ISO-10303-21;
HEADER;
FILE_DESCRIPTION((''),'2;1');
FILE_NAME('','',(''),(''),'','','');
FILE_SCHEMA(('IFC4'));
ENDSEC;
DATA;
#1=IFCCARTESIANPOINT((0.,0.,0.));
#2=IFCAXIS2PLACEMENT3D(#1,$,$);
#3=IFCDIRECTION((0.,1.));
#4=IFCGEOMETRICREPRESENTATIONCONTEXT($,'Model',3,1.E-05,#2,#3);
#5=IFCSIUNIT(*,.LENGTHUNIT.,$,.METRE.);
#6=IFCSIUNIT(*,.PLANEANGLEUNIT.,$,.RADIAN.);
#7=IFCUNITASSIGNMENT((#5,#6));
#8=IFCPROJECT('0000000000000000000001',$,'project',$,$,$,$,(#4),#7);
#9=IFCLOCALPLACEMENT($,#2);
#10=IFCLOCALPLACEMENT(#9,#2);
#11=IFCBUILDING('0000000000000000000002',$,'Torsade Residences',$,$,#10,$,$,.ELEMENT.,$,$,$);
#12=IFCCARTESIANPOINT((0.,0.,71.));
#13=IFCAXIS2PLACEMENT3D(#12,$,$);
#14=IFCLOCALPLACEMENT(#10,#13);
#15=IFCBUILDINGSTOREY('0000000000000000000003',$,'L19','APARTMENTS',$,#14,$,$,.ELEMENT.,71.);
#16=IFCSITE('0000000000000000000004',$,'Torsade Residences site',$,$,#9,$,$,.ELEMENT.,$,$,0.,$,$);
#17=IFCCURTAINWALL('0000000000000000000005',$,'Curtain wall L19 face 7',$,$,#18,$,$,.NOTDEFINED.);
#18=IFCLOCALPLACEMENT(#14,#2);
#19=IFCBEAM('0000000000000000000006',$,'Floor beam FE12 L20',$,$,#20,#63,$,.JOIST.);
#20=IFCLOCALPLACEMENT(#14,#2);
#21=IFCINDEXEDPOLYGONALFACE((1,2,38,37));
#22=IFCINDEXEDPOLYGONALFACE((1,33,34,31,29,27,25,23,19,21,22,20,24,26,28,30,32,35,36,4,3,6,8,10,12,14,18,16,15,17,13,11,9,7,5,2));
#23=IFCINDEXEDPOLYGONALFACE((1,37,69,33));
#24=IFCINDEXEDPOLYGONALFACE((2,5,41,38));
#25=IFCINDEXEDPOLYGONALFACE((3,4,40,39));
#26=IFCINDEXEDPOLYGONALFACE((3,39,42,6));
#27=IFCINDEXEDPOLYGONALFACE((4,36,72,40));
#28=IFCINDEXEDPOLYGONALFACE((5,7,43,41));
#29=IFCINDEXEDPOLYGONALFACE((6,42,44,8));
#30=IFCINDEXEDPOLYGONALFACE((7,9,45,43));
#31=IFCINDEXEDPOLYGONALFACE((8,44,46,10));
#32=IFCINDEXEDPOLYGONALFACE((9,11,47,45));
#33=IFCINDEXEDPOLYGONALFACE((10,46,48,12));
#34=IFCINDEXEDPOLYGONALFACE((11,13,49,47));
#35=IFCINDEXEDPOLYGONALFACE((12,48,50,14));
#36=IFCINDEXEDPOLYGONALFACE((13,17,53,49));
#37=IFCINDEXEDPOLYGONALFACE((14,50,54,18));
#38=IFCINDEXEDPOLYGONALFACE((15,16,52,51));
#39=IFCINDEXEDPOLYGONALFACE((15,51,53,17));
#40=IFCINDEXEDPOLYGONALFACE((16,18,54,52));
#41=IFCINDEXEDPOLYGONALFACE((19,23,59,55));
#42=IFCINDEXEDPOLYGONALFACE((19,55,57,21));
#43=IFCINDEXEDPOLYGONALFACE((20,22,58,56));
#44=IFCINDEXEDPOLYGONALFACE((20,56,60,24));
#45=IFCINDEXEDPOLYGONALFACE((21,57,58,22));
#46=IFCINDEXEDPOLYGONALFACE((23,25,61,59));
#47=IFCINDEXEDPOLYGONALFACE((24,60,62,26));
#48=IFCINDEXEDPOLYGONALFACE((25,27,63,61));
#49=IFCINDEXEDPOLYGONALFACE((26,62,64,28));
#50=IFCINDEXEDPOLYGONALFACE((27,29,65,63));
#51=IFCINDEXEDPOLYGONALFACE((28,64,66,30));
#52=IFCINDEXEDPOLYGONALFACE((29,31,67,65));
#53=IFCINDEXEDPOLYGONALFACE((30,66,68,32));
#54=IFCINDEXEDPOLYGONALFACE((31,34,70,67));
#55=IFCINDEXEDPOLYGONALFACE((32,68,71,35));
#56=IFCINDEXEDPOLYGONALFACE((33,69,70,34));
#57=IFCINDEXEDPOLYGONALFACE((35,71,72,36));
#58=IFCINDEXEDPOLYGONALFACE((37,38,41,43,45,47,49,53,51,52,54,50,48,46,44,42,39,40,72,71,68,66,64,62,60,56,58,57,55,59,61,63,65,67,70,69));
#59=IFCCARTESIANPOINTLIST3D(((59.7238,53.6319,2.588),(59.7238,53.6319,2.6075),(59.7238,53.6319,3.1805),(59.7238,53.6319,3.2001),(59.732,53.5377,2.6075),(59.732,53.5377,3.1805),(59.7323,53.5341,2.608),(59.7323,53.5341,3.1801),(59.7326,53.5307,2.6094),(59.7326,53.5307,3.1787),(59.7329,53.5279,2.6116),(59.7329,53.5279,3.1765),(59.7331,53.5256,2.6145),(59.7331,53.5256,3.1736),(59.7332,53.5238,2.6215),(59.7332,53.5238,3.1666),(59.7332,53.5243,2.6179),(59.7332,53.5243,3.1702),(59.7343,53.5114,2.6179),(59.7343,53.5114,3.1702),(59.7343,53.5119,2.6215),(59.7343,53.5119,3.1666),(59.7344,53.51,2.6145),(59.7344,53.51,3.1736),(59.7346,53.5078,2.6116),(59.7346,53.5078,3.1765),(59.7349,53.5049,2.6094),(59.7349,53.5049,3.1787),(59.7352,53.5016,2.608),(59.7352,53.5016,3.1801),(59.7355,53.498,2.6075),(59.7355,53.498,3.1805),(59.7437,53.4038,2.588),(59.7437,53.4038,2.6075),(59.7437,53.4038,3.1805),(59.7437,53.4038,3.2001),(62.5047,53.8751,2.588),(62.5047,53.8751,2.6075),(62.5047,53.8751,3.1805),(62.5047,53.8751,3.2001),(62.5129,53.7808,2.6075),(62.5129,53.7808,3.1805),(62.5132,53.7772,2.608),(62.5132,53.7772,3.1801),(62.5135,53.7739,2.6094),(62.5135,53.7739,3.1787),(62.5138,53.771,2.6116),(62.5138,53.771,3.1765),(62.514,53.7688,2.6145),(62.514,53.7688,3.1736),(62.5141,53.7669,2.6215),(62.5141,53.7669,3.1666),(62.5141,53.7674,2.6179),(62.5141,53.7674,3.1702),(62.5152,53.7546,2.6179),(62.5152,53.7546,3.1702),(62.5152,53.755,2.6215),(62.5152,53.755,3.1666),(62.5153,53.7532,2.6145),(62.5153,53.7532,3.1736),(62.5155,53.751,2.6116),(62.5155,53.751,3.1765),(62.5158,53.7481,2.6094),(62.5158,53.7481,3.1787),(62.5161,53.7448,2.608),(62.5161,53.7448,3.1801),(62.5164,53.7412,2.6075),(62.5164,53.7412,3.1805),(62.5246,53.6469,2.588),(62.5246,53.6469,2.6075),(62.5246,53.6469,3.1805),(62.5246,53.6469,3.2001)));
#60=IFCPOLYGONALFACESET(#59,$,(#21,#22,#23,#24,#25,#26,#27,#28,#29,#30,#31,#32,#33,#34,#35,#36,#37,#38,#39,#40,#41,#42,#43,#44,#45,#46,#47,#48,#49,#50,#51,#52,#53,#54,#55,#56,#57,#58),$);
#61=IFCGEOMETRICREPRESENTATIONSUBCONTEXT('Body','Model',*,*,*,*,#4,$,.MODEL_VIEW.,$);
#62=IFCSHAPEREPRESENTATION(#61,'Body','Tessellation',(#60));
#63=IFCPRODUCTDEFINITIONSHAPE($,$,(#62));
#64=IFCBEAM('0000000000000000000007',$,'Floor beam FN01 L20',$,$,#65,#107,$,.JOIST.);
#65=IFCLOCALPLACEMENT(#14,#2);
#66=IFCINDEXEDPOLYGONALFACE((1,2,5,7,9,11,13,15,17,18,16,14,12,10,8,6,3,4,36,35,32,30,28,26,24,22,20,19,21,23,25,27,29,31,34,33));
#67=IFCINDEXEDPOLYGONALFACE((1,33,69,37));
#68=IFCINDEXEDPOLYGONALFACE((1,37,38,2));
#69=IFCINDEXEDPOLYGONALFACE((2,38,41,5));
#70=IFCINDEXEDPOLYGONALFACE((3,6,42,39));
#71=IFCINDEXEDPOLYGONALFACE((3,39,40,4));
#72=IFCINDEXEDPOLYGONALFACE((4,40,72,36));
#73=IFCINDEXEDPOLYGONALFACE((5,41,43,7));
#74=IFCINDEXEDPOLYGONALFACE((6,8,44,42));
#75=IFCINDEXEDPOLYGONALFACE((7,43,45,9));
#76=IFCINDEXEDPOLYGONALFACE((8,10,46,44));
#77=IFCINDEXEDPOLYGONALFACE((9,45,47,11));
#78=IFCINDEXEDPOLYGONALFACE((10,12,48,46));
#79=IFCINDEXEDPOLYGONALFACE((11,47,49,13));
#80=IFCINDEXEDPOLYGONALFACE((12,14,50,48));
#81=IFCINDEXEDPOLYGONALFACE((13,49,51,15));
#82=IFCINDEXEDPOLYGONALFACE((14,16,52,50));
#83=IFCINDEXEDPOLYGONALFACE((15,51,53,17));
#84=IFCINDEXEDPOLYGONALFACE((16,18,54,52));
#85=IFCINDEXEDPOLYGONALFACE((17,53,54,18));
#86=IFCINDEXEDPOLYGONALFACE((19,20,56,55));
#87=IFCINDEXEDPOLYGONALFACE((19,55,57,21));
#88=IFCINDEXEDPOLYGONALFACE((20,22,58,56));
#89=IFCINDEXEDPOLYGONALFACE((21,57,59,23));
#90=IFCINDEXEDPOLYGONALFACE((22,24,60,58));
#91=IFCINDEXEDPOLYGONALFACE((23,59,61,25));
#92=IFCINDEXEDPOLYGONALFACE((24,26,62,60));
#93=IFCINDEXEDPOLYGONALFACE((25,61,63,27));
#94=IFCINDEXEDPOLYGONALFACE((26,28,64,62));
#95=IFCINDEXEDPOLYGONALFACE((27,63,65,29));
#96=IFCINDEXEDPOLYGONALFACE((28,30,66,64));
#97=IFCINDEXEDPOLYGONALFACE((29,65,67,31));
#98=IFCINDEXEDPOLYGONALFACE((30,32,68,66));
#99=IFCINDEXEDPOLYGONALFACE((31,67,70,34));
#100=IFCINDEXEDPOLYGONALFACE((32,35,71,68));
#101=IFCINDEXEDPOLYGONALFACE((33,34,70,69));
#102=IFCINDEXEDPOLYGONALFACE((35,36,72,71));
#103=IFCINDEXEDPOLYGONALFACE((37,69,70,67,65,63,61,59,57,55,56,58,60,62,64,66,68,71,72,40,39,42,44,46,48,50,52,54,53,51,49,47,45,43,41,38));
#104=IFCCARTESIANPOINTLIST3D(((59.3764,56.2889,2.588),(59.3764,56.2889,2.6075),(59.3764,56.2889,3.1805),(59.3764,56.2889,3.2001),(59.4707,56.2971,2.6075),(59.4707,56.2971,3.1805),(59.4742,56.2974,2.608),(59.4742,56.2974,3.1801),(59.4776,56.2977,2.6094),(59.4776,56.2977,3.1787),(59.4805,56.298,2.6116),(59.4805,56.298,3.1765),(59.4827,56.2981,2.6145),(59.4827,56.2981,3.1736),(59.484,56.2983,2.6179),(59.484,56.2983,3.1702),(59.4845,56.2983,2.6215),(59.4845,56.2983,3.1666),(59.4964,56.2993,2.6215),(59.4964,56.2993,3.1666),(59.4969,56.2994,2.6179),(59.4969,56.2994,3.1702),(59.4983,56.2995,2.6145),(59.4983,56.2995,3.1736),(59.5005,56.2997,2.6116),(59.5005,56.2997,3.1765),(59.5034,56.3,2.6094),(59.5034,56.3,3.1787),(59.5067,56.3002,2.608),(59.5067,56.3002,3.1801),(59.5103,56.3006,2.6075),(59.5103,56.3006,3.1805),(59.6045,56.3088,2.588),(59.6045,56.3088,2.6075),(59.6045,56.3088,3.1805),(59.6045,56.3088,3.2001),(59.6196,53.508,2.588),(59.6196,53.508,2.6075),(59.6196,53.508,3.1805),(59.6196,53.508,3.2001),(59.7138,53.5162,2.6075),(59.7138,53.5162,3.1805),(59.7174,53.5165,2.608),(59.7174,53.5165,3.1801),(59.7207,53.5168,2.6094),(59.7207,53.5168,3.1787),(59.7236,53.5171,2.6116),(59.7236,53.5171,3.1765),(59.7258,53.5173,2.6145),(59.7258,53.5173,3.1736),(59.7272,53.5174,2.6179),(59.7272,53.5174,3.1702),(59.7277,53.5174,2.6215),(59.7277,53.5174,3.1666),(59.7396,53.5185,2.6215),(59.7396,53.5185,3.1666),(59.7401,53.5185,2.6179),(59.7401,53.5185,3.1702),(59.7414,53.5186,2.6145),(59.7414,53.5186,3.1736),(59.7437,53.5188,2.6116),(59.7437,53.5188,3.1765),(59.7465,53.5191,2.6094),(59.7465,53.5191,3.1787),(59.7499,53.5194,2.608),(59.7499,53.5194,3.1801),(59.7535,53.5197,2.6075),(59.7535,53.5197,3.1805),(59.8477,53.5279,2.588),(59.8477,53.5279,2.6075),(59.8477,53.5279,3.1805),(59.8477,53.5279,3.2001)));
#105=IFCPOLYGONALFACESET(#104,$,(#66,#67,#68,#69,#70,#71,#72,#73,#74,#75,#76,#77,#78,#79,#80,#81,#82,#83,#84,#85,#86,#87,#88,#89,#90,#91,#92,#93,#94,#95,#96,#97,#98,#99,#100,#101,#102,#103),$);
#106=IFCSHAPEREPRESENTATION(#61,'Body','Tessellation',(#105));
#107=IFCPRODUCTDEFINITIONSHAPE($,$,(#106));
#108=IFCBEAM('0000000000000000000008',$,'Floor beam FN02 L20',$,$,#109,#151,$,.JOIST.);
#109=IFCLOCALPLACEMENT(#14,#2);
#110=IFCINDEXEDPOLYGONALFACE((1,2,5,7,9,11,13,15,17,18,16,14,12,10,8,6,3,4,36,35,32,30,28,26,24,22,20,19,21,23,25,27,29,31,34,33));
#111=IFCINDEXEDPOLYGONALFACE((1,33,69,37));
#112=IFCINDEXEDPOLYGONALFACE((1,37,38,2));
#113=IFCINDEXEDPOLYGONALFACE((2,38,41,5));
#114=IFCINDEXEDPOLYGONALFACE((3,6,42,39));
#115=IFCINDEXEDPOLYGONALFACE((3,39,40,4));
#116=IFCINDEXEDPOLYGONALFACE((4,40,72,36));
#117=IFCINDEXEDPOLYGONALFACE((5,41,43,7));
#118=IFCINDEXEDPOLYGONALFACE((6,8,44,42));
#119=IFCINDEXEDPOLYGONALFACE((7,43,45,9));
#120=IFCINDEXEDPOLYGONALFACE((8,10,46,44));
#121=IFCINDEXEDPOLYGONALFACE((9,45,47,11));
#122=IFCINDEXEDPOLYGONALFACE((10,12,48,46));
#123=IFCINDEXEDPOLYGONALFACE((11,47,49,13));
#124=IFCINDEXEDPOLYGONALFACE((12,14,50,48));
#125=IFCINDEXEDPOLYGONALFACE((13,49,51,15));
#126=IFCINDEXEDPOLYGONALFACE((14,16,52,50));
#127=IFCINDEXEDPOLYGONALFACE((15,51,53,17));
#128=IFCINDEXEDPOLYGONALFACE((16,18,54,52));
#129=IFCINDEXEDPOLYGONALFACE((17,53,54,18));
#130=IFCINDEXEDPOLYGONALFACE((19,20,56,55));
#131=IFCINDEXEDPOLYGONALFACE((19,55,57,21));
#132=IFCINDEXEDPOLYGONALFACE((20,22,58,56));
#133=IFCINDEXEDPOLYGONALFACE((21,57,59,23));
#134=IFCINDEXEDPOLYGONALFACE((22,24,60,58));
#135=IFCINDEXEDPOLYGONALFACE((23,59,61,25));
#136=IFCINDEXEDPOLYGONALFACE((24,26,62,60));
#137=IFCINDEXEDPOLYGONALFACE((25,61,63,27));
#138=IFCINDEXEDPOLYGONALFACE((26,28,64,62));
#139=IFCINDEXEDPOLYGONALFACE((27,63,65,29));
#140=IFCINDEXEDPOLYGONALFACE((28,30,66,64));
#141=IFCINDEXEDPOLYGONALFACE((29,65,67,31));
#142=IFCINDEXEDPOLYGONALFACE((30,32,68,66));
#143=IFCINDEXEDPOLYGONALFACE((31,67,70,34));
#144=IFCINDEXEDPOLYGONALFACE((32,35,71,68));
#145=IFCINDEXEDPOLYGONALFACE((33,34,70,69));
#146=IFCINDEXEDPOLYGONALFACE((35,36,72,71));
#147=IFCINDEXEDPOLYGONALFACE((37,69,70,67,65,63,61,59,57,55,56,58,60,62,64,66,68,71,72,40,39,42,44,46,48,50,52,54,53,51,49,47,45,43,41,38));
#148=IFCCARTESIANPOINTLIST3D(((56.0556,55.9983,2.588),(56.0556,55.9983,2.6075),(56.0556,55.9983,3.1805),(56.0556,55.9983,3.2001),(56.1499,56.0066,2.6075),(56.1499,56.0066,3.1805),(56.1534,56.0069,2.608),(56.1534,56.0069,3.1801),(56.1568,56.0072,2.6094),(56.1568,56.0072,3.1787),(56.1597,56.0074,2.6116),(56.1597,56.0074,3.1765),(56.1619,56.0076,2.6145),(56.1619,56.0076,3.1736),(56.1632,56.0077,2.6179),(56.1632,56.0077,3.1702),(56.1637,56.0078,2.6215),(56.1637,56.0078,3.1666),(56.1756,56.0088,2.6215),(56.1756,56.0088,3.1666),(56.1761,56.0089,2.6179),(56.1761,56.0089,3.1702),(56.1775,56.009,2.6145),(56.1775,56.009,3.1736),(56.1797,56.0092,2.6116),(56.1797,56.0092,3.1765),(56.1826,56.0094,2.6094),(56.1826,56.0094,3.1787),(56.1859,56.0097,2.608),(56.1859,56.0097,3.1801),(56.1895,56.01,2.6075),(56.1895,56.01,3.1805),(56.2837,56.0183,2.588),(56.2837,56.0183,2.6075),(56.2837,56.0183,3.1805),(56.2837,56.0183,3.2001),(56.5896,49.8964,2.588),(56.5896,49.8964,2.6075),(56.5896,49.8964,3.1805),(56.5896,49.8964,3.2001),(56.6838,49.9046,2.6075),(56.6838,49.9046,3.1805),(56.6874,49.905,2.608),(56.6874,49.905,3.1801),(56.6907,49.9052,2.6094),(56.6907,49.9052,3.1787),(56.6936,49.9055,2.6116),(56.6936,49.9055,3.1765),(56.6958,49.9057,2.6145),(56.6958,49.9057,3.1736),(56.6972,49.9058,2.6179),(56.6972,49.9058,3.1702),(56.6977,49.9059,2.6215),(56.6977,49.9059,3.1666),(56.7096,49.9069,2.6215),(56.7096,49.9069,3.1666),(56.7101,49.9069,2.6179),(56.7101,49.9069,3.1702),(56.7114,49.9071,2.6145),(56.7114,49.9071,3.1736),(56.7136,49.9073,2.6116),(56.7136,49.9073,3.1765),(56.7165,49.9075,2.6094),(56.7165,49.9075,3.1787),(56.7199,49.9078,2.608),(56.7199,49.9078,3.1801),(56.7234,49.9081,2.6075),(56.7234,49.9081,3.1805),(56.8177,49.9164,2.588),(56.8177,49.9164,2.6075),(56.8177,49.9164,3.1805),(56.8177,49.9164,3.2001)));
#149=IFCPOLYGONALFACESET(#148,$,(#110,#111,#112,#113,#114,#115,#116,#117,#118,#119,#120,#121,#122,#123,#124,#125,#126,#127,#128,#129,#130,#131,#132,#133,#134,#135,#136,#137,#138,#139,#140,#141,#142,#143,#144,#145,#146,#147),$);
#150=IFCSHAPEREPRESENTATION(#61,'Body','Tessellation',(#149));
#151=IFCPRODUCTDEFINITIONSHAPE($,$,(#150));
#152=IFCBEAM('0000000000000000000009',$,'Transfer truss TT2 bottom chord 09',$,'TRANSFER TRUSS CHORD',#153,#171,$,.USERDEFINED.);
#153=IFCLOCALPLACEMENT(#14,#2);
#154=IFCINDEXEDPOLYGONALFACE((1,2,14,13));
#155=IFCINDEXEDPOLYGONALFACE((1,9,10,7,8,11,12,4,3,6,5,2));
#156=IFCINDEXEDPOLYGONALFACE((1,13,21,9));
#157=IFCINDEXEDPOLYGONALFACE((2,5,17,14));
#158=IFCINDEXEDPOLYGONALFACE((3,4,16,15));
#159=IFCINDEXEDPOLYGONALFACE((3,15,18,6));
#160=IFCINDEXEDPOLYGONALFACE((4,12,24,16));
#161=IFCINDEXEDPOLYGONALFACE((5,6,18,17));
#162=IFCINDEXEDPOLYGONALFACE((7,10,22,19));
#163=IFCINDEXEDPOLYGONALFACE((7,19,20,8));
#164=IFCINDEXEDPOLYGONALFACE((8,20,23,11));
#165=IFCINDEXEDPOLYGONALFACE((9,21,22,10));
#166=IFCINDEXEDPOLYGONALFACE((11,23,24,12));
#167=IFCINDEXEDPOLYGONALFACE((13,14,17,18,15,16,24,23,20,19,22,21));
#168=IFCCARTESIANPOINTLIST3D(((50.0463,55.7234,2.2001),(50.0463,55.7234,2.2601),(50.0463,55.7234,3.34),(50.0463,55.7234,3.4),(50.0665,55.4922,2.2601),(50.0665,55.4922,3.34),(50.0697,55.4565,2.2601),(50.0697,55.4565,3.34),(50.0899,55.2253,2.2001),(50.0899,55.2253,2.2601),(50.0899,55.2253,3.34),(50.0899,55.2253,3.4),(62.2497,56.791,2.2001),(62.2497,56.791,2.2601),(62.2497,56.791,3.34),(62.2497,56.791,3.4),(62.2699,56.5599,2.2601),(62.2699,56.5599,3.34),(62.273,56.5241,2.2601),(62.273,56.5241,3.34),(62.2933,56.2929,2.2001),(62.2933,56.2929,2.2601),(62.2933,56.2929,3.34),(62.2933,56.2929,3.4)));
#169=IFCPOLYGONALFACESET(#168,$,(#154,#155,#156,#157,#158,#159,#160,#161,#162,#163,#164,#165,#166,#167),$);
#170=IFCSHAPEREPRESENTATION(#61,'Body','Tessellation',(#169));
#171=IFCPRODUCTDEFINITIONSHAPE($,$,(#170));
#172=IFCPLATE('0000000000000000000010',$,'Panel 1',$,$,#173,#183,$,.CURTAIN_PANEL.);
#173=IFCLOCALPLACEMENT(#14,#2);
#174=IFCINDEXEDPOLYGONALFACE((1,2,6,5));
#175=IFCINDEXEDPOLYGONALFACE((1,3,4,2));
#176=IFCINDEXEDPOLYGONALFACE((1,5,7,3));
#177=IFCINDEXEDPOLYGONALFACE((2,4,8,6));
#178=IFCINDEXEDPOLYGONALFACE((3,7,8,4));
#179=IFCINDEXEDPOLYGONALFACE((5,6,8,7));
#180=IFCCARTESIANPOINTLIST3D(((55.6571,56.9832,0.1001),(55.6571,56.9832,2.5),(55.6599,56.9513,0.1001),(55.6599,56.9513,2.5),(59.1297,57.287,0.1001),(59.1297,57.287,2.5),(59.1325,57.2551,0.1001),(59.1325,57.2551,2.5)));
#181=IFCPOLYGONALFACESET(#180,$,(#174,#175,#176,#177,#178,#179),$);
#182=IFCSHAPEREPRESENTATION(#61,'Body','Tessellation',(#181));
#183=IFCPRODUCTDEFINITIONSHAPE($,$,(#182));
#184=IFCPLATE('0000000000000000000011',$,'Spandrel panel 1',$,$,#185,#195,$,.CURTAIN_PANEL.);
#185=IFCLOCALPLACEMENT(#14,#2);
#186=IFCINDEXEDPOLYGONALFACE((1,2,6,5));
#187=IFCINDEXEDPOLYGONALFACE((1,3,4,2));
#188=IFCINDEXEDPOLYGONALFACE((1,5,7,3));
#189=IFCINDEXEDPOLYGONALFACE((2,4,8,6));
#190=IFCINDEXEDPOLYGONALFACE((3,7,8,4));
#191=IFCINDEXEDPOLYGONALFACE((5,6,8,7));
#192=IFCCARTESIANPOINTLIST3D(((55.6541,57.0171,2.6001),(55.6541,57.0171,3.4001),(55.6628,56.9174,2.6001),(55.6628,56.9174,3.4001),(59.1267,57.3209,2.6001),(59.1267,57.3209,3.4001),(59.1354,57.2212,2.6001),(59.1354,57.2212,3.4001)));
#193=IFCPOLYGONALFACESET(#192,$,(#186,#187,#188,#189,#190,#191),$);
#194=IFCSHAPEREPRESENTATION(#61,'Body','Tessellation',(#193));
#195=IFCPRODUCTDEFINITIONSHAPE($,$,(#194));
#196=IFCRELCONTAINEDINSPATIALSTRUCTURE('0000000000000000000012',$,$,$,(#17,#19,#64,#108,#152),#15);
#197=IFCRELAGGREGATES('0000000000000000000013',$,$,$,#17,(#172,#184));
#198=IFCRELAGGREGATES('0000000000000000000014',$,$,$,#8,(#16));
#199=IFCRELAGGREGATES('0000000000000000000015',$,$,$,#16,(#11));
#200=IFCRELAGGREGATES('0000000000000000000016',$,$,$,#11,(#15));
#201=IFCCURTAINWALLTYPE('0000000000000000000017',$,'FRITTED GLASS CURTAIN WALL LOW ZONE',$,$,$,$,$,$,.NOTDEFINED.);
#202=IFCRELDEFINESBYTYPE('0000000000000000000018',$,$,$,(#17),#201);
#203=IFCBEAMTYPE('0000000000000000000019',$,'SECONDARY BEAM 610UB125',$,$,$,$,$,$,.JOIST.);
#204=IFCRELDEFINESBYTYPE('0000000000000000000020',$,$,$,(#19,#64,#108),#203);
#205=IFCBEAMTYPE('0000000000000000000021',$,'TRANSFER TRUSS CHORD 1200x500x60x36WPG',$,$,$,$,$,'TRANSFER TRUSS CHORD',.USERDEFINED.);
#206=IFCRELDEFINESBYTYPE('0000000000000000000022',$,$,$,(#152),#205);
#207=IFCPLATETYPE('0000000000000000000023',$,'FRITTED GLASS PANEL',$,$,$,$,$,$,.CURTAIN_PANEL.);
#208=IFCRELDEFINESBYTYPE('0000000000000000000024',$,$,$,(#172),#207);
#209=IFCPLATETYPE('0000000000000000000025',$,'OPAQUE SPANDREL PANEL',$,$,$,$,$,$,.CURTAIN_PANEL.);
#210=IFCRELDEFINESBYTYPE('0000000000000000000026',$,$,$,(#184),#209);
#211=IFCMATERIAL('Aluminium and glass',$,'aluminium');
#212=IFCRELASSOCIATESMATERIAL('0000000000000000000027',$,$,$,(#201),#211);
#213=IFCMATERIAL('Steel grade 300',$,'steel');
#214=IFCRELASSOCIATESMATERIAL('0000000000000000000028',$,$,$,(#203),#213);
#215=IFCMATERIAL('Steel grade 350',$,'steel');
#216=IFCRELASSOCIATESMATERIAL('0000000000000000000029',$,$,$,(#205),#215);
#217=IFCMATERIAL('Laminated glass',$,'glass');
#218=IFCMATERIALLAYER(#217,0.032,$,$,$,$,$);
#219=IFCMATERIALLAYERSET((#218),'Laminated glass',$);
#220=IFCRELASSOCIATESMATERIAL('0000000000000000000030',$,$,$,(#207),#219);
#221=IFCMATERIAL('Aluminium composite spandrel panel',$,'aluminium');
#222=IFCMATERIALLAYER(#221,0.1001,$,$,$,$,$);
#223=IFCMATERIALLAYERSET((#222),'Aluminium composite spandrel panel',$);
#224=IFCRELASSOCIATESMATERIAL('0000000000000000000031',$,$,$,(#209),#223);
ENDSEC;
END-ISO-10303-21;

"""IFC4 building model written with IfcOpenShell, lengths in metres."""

from ifc_helpers import new_model, si_unit, direction, frame, origin, origin_2d, place, context, subcontext, project, spatial, rectangle, i_section, extrude, material, layer, layer_set, material_profile, profile_set, type_object, element, aggregate, save


model = new_model("IFC4")

# Units and contexts
model_context = context("Model", 3, precision=1e-05, world=origin(), true_north=direction((0.0, 1.0)))
body_context = subcontext(model_context, "Body", "Model", "MODEL_VIEW")
ifc_project = project(units=[si_unit("LENGTHUNIT", "METRE"), si_unit("PLANEANGLEUNIT", "RADIAN")], contexts=[model_context])

# Site, building, storey
site_placement = place(None, origin())
site = spatial("IfcSite", under=ifc_project, at=site_placement, Name="Torsade Residences site", CompositionType="ELEMENT", RefElevation=0.0)
building_placement = place(site_placement, origin())
building = spatial("IfcBuilding", under=site, at=building_placement, Name="Torsade Residences", CompositionType="ELEMENT")
storey_placement = place(building_placement, frame((0.0, 0.0, 71.0)))
storey = spatial("IfcBuildingStorey", under=building, at=storey_placement, Name="L19", Description="APARTMENTS", CompositionType="ELEMENT", Elevation=71.0)

# Curtain wall
ifc_material_1 = material(Name="Aluminium and glass", Category="aluminium")
curtain_wall_type = type_object("IfcCurtainWallType", Name="FRITTED GLASS CURTAIN WALL LOW ZONE", PredefinedType="NOTDEFINED", material=ifc_material_1)
curtain_wall_placement = place(storey_placement, origin())
curtain_wall = element("IfcCurtainWall", 1, at=curtain_wall_placement, inside=storey, type_object=curtain_wall_type, Name="Curtain wall L19 face 7", PredefinedType="NOTDEFINED")

# Beams
ifc_material_2 = material(Name="Steel grade 300", Category="steel")
ifc_material_profile_1 = material_profile(ifc_material_2, i_section(OverallWidth=0.229, OverallDepth=0.6121, WebThickness=0.012, FlangeThickness=0.0195, FilletRadius=0.0139, at=origin_2d()), Name="610UB125")
ifc_profile_set_1 = profile_set([ifc_material_profile_1], Name="Steel grade 300")
beam_type_1 = type_object("IfcBeamType", Name="SECONDARY BEAM 610UB125", PredefinedType="JOIST", material=ifc_profile_set_1)
for number, where, z_axis, x_axis, name in (
    (2, (62.5146, 53.761, 2.894), (-0.996199, -0.087105, 0.0), (0.087105, -0.996199, 0.0), "Floor beam FE12 L20"),
    (3, (59.4905, 56.2988, 2.894), (0.087105, -0.996199, 0.0), (0.996199, 0.087105, 0.0), "Floor beam FN01 L20"),
):
    element("IfcBeam", number, at=place(storey_placement, frame(where, z_axis=z_axis, x_axis=x_axis)), inside=storey, type_object=beam_type_1, Name=name, PredefinedType="JOIST", context=body_context, shape_type="SweptSolid", body=[
        extrude(i_section(OverallWidth=0.229, OverallDepth=0.6121, WebThickness=0.012, FlangeThickness=0.0195, FilletRadius=0.0139, at=origin_2d()), origin(), (0.0, 0.0, 1.0), 2.7915),
    ])
beam_1_placement = place(storey_placement, frame((56.1697, 56.0083, 2.894), z_axis=(0.087171, -0.996193, 0.0), x_axis=(0.996193, 0.087171, 0.0)))
element("IfcBeam", 4, at=beam_1_placement, inside=storey, type_object=beam_type_1, Name="Floor beam FN02 L20", PredefinedType="JOIST", context=body_context, shape_type="SweptSolid", body=[
    extrude(i_section(OverallWidth=0.229, OverallDepth=0.6121, WebThickness=0.012, FlangeThickness=0.0195, FilletRadius=0.0139, at=origin_2d()), origin(), (0.0, 0.0, 1.0), 6.1252),
])
ifc_material_3 = material(Name="Steel grade 350", Category="steel")
ifc_material_profile_2 = material_profile(ifc_material_3, i_section(OverallWidth=0.5, OverallDepth=1.2, WebThickness=0.0359, FlangeThickness=0.0601, at=origin_2d()), Name="1200x500x60x36WPG")
ifc_profile_set_2 = profile_set([ifc_material_profile_2], Name="Steel grade 350")
beam_type_2 = type_object("IfcBeamType", Name="TRANSFER TRUSS CHORD 1200x500x60x36WPG", ElementType="TRANSFER TRUSS CHORD", PredefinedType="USERDEFINED", material=ifc_profile_set_2)
beam_2_placement = place(storey_placement, frame((62.2715, 56.542, 2.8), z_axis=(-0.996195, -0.087153, 0.0), x_axis=(0.087153, -0.996195, 0.0)))
element("IfcBeam", 5, at=beam_2_placement, inside=storey, type_object=beam_type_2, Name="Transfer truss TT2 bottom chord 09", ObjectType="TRANSFER TRUSS CHORD", PredefinedType="USERDEFINED", context=body_context, shape_type="SweptSolid", body=[
    extrude(i_section(OverallWidth=0.5, OverallDepth=1.2, WebThickness=0.0359, FlangeThickness=0.0601, at=origin_2d()), origin(), (0.0, 0.0, 1.0), 12.25),
])

# Plates
ifc_material_4 = material(Name="Laminated glass", Category="glass")
ifc_layer_1 = layer(ifc_material_4, 0.032)
ifc_layer_set_1 = layer_set([ifc_layer_1], Name="Laminated glass")
plate_type_1 = type_object("IfcPlateType", Name="FRITTED GLASS PANEL", PredefinedType="CURTAIN_PANEL", material=ifc_layer_set_1)
plate_1_placement = place(storey_placement, frame((57.3948, 57.1191, 0.1001), z_axis=(0.0, 0.0, 1.0), x_axis=(-0.996195, -0.087156, 0.0)))
plate_1 = element("IfcPlate", 6, at=plate_1_placement, type_object=plate_type_1, Name="Panel 1", PredefinedType="CURTAIN_PANEL", context=body_context, shape_type="SweptSolid", body=[
    extrude(rectangle(XDim=3.4858, YDim=0.032, at=origin_2d()), origin(), (0.0, 0.0, 1.0), 2.3999),
])
ifc_material_5 = material(Name="Aluminium composite spandrel panel", Category="aluminium")
ifc_layer_2 = layer(ifc_material_5, 0.1001)
ifc_layer_set_2 = layer_set([ifc_layer_2], Name="Aluminium composite spandrel panel")
plate_type_2 = type_object("IfcPlateType", Name="OPAQUE SPANDREL PANEL", PredefinedType="CURTAIN_PANEL", material=ifc_layer_set_2)
plate_2_placement = place(storey_placement, frame((57.3948, 57.1191, 2.6001), z_axis=(0.0, 0.0, 1.0), x_axis=(-0.996195, -0.087156, 0.0)))
plate_2 = element("IfcPlate", 7, at=plate_2_placement, type_object=plate_type_2, Name="Spandrel panel 1", PredefinedType="CURTAIN_PANEL", context=body_context, shape_type="SweptSolid", body=[
    extrude(rectangle(XDim=3.4858, YDim=0.1001, at=origin_2d()), origin(), (0.0, 0.0, 1.0), 0.8),
])
aggregate(curtain_wall, [plate_1, plate_2])

save(model, "model.ifc")
